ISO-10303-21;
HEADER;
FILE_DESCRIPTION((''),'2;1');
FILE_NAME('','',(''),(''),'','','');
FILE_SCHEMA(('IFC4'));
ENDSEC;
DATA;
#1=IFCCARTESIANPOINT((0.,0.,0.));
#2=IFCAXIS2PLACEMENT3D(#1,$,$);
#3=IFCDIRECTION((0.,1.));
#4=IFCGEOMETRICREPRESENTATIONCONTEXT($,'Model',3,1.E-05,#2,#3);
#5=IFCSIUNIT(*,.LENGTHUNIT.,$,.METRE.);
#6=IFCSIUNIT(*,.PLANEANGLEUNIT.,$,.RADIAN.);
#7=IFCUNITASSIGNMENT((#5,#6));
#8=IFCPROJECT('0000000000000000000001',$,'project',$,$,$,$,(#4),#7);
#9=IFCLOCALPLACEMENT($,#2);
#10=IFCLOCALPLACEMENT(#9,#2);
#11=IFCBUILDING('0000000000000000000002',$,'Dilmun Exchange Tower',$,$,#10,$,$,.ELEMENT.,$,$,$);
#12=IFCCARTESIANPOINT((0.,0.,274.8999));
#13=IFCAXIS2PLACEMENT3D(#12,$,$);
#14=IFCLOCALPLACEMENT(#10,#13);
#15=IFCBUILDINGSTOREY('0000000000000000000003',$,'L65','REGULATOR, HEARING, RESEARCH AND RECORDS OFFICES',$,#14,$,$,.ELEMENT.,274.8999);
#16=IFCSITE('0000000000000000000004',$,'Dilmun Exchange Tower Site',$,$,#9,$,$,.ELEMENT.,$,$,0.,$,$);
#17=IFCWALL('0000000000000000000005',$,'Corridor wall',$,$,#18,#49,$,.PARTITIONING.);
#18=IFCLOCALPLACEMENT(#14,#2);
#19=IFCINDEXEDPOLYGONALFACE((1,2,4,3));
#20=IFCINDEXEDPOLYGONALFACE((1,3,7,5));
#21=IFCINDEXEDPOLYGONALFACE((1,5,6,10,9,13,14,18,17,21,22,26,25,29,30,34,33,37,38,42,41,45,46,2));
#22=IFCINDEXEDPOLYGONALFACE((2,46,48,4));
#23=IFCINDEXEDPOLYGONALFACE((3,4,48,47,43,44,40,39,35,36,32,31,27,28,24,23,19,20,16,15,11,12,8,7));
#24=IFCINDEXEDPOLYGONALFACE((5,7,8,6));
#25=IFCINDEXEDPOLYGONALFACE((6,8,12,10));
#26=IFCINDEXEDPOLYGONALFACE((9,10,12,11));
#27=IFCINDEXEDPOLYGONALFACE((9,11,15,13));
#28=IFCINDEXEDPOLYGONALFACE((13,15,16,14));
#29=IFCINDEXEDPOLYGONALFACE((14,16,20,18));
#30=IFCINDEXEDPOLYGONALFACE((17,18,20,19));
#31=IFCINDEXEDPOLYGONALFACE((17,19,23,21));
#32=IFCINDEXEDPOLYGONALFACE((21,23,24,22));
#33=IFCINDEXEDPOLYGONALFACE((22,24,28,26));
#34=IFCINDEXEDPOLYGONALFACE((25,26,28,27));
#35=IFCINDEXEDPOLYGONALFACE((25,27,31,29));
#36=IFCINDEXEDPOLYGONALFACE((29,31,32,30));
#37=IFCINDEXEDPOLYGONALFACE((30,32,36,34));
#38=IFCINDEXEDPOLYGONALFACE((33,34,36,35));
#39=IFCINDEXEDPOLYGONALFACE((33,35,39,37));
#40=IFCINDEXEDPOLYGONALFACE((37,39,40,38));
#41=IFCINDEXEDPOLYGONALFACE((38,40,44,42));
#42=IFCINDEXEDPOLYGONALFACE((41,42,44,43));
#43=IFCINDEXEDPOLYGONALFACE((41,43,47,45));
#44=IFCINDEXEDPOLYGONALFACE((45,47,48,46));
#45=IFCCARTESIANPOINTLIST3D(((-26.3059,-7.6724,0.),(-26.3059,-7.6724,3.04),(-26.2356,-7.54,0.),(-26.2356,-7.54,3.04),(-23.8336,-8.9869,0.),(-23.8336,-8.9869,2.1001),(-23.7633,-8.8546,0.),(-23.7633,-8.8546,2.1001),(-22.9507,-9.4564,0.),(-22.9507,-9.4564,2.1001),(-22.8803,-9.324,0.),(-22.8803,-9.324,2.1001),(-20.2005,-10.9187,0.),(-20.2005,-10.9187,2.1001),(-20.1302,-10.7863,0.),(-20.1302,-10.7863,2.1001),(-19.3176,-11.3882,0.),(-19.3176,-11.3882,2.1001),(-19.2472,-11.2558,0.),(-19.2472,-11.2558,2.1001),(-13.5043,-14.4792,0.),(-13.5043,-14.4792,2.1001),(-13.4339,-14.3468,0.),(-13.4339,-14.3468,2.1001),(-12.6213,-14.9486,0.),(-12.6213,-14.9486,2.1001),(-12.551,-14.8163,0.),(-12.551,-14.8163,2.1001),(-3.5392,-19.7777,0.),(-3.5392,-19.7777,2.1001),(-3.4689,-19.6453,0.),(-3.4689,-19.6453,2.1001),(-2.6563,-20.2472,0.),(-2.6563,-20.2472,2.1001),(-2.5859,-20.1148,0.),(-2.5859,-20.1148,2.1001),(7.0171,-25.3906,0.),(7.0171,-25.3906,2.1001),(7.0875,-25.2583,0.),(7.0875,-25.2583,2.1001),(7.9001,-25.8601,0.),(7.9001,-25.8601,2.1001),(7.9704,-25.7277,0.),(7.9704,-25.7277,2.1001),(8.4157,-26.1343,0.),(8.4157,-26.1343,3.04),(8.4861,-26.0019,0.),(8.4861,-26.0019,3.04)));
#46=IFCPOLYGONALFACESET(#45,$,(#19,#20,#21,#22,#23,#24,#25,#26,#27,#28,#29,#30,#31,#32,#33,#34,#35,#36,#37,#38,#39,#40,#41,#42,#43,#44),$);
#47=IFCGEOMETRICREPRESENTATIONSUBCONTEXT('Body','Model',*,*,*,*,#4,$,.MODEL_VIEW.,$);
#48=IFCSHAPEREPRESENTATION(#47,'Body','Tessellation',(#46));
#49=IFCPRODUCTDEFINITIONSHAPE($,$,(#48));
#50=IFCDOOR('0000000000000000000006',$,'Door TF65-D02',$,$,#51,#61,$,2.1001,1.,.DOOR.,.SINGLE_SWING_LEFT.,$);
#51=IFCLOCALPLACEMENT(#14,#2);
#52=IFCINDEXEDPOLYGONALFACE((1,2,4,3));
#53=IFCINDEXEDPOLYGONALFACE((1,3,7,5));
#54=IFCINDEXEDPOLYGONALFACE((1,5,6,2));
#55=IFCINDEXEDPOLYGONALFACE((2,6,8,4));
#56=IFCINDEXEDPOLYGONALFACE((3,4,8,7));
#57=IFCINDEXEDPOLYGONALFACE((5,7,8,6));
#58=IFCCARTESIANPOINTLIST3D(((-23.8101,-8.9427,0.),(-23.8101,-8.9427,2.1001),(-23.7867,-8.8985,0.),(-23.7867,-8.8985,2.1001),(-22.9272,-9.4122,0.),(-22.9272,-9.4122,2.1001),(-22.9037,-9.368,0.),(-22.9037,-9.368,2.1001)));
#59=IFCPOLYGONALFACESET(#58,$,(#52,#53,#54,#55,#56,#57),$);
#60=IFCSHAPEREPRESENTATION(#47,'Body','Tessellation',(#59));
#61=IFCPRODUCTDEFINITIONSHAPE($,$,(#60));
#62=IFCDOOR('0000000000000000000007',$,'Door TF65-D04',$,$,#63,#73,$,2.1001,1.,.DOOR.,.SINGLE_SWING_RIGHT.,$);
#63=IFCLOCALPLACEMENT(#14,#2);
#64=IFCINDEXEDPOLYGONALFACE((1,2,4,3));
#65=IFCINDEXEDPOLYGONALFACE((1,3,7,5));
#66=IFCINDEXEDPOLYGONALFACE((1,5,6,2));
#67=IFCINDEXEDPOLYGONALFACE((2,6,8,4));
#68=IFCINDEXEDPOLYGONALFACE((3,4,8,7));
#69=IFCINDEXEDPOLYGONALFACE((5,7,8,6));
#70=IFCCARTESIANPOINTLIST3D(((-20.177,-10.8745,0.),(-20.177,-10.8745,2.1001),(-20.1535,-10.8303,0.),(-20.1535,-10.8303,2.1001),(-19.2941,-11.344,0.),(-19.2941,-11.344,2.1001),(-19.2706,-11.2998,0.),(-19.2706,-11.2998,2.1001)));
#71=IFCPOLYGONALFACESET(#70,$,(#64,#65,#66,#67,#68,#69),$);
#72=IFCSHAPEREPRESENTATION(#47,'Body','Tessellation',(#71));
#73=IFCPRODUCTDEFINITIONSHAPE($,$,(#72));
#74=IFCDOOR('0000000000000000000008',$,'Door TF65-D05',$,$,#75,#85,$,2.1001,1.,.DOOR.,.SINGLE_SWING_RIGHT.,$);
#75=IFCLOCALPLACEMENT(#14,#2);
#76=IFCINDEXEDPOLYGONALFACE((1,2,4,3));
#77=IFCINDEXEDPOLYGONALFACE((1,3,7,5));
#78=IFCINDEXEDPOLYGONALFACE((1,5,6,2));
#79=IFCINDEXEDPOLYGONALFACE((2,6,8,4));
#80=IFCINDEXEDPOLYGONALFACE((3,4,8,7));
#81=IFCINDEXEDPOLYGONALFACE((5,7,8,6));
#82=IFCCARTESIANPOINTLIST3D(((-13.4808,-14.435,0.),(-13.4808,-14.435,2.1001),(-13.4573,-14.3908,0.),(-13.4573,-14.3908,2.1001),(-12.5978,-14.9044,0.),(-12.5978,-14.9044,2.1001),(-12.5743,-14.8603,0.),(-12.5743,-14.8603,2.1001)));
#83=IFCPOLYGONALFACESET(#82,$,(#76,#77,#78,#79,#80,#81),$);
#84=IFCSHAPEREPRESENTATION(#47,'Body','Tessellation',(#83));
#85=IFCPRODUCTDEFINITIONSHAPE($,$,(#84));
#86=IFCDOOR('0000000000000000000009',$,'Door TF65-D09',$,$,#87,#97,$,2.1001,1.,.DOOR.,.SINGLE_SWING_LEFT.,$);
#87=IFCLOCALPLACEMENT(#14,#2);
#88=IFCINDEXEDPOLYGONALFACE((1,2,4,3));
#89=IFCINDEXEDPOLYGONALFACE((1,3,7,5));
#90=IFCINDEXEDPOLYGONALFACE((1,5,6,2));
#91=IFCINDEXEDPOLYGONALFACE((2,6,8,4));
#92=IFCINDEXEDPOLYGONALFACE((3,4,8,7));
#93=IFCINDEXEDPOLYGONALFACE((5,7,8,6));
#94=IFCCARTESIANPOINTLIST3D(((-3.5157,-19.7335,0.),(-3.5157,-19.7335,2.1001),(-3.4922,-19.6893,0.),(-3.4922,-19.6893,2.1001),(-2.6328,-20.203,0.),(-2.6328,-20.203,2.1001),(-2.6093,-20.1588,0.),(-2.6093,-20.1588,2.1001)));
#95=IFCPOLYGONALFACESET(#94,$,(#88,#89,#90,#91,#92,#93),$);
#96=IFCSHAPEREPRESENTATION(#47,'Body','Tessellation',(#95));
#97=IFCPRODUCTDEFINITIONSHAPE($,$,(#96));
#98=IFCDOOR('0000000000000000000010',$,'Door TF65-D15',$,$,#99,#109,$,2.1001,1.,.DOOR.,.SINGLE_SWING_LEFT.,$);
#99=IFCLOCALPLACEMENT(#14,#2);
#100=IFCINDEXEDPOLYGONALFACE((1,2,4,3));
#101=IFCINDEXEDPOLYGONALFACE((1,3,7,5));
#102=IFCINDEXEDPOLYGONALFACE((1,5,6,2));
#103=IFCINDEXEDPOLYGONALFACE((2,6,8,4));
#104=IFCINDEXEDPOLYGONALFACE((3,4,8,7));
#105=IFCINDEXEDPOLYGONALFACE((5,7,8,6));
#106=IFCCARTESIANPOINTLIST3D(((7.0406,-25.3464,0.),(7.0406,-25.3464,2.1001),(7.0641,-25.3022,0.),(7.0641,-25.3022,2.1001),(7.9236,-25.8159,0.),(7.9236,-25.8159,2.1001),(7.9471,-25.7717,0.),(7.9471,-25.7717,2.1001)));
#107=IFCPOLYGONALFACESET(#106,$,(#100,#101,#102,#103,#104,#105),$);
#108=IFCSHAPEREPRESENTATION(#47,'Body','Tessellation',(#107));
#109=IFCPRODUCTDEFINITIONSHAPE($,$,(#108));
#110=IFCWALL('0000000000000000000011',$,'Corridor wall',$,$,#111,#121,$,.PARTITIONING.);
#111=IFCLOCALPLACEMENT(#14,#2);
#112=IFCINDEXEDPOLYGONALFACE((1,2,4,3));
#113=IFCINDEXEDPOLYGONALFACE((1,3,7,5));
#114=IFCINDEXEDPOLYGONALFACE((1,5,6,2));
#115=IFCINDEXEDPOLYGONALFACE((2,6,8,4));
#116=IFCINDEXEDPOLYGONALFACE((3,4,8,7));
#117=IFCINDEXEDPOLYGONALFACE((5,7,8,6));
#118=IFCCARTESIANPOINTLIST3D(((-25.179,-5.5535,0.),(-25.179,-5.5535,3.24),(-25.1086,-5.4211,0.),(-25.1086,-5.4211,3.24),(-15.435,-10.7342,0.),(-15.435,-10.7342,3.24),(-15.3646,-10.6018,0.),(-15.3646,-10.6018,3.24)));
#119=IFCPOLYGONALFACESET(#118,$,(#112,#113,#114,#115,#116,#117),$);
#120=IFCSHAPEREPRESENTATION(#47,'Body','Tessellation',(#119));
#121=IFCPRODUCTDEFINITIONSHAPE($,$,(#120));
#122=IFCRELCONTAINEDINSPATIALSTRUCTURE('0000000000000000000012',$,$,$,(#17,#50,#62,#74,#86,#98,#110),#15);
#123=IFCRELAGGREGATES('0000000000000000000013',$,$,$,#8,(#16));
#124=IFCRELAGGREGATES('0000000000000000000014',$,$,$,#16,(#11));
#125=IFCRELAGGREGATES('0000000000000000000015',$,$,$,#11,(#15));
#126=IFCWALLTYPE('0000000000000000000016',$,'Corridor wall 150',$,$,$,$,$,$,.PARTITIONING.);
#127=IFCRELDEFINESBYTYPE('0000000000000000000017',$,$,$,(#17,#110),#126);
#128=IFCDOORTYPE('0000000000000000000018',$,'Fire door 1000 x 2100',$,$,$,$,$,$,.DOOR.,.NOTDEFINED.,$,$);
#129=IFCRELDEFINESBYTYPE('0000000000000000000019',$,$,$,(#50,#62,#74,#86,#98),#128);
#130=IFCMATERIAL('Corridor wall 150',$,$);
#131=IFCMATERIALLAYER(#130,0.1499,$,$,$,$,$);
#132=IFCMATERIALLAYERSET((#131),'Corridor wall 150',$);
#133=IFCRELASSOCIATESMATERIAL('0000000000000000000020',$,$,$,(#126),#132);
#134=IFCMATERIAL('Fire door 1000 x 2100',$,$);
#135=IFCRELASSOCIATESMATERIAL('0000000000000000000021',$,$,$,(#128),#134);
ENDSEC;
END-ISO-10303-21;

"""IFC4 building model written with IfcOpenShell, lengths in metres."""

from ifc_helpers import new_model, si_unit, direction, frame, frame_2d, origin, place, context, subcontext, project, spatial, rectangle, extrude, material, layer, layer_set, type_object, element, fill, save


model = new_model("IFC4")

# Units and contexts
model_context = context("Model", 3, precision=1e-05, world=origin(), true_north=direction((0.0, 1.0)))
body_context = subcontext(model_context, "Body", "Model", "MODEL_VIEW")
ifc_project = project(units=[si_unit("LENGTHUNIT", "METRE"), si_unit("PLANEANGLEUNIT", "RADIAN")], contexts=[model_context])

# Site, building, storey
site_placement = place(None, origin())
site = spatial("IfcSite", under=ifc_project, at=site_placement, Name="Dilmun Exchange Tower Site", CompositionType="ELEMENT", RefElevation=0.0)
building_placement = place(site_placement, origin())
building = spatial("IfcBuilding", under=site, at=building_placement, Name="Dilmun Exchange Tower", CompositionType="ELEMENT")
storey_placement = place(building_placement, frame((0.0, 0.0, 274.8999)))
storey = spatial("IfcBuildingStorey", under=building, at=storey_placement, Name="L65", Description="REGULATOR, HEARING, RESEARCH AND RECORDS OFFICES", CompositionType="ELEMENT", Elevation=274.8999)

# Shared definitions
ifc_material_1 = material(Name="Corridor wall 150")
ifc_layer_1 = layer(ifc_material_1, 0.1499)
ifc_layer_set_1 = layer_set([ifc_layer_1], Name="Corridor wall 150")
wall_type_1 = type_object("IfcWallType", Name="Corridor wall 150", PredefinedType="PARTITIONING", material=ifc_layer_set_1)

# Wall, openings, doors
wall_1_placement = place(storey_placement, frame((-26.2708, -7.6062, 0.0), z_axis=(0.0, 0.0, 1.0), x_axis=(0.882947, -0.469473, 0.0)))
wall_1 = element("IfcWall", 1, at=wall_1_placement, inside=storey, type_object=wall_type_1, Name="Corridor wall", PredefinedType="PARTITIONING", context=body_context, shape_type="SweptSolid", body=[
    extrude(rectangle(XDim=39.3247, YDim=0.1499, at=frame_2d((19.6624, 0.0))), origin(), (0.0, 0.0, 1.0), 3.04),
])
opening_1_placement = place(wall_1_placement, frame((2.8, 0.0, 0.0)))
opening_1 = element("IfcOpeningElement", 2, at=opening_1_placement, cuts=wall_1, PredefinedType="OPENING", context=body_context, shape_type="SweptSolid", body=[
    extrude(rectangle(XDim=1.0, YDim=2.1001, at=frame_2d((0.5, 1.05))), frame((0.0, 0.085, 0.0), z_axis=(0.0, -1.0, 0.0), x_axis=(1.0, 0.0, 0.0)), (0.0, 0.0, 1.0), 0.1699),
])
opening_2_placement = place(wall_1_placement, frame((6.9148, 0.0, 0.0)))
opening_2 = element("IfcOpeningElement", 3, at=opening_2_placement, cuts=wall_1, PredefinedType="OPENING", context=body_context, shape_type="SweptSolid", body=[
    extrude(rectangle(XDim=1.0, YDim=2.1001, at=frame_2d((0.5, 1.05))), frame((0.0, 0.085, 0.0), z_axis=(0.0, -1.0, 0.0), x_axis=(1.0, 0.0, 0.0)), (0.0, 0.0, 1.0), 0.1699),
])
opening_3_placement = place(wall_1_placement, frame((14.4988, 0.0, 0.0)))
opening_3 = element("IfcOpeningElement", 4, at=opening_3_placement, cuts=wall_1, PredefinedType="OPENING", context=body_context, shape_type="SweptSolid", body=[
    extrude(rectangle(XDim=1.0, YDim=2.1001, at=frame_2d((0.5, 1.05))), frame((0.0, 0.085, 0.0), z_axis=(0.0, -1.0, 0.0), x_axis=(1.0, 0.0, 0.0)), (0.0, 0.0, 1.0), 0.1699),
])
opening_4_placement = place(wall_1_placement, frame((25.7849, 0.0, 0.0)))
opening_4 = element("IfcOpeningElement", 5, at=opening_4_placement, cuts=wall_1, PredefinedType="OPENING", context=body_context, shape_type="SweptSolid", body=[
    extrude(rectangle(XDim=1.0, YDim=2.1001, at=frame_2d((0.5, 1.05))), frame((0.0, 0.085, 0.0), z_axis=(0.0, -1.0, 0.0), x_axis=(1.0, 0.0, 0.0)), (0.0, 0.0, 1.0), 0.1699),
])
opening_5_placement = place(wall_1_placement, frame((37.7407, 0.0, 0.0)))
opening_5 = element("IfcOpeningElement", 6, at=opening_5_placement, cuts=wall_1, PredefinedType="OPENING", context=body_context, shape_type="SweptSolid", body=[
    extrude(rectangle(XDim=1.0, YDim=2.1001, at=frame_2d((0.5, 1.05))), frame((0.0, 0.085, 0.0), z_axis=(0.0, -1.0, 0.0), x_axis=(1.0, 0.0, 0.0)), (0.0, 0.0, 1.0), 0.1699),
])
ifc_material_2 = material(Name="Fire door 1000 x 2100")
door_type_1 = type_object("IfcDoorType", Name="Fire door 1000 x 2100", OperationType="NOTDEFINED", PredefinedType="DOOR", material=ifc_material_2)
door_1_placement = place(opening_1_placement, frame((1.0, 0.0, 0.0), z_axis=(0.0, 0.0, 1.0), x_axis=(-1.0, 0.0, 0.0)))
door_1 = element("IfcDoor", 7, at=door_1_placement, inside=storey, type_object=door_type_1, Name="Door TF65-D02", OperationType="SINGLE_SWING_LEFT", OverallHeight=2.1001, OverallWidth=1.0, PredefinedType="DOOR", context=body_context, shape_type="SweptSolid", body=[
    extrude(rectangle(XDim=1.0, YDim=2.1001, at=frame_2d((0.5, 1.05))), frame((0.0, 0.0249, 0.0), z_axis=(0.0, -1.0, 0.0), x_axis=(1.0, 0.0, 0.0)), (0.0, 0.0, 1.0), 0.05),
])
fill(opening_1, door_1)
door_2_placement = place(opening_2_placement, frame((1.0, 0.0, 0.0), z_axis=(0.0, 0.0, 1.0), x_axis=(-1.0, 0.0, 0.0)))
door_2 = element("IfcDoor", 8, at=door_2_placement, inside=storey, type_object=door_type_1, Name="Door TF65-D04", OperationType="SINGLE_SWING_RIGHT", OverallHeight=2.1001, OverallWidth=1.0, PredefinedType="DOOR", context=body_context, shape_type="SweptSolid", body=[
    extrude(rectangle(XDim=1.0, YDim=2.1001, at=frame_2d((0.5, 1.05))), frame((0.0, 0.0249, 0.0), z_axis=(0.0, -1.0, 0.0), x_axis=(1.0, 0.0, 0.0)), (0.0, 0.0, 1.0), 0.05),
])
fill(opening_2, door_2)
door_3_placement = place(opening_3_placement, frame((1.0, 0.0, 0.0), z_axis=(0.0, 0.0, 1.0), x_axis=(-1.0, 0.0, 0.0)))
door_3 = element("IfcDoor", 9, at=door_3_placement, inside=storey, type_object=door_type_1, Name="Door TF65-D05", OperationType="SINGLE_SWING_RIGHT", OverallHeight=2.1001, OverallWidth=1.0, PredefinedType="DOOR", context=body_context, shape_type="SweptSolid", body=[
    extrude(rectangle(XDim=1.0, YDim=2.1001, at=frame_2d((0.5, 1.05))), frame((0.0, 0.0249, 0.0), z_axis=(0.0, -1.0, 0.0), x_axis=(1.0, 0.0, 0.0)), (0.0, 0.0, 1.0), 0.05),
])
fill(opening_3, door_3)
door_4_placement = place(opening_4_placement, frame((1.0, 0.0, 0.0), z_axis=(0.0, 0.0, 1.0), x_axis=(-1.0, 0.0, 0.0)))
door_4 = element("IfcDoor", 10, at=door_4_placement, inside=storey, type_object=door_type_1, Name="Door TF65-D09", OperationType="SINGLE_SWING_LEFT", OverallHeight=2.1001, OverallWidth=1.0, PredefinedType="DOOR", context=body_context, shape_type="SweptSolid", body=[
    extrude(rectangle(XDim=1.0, YDim=2.1001, at=frame_2d((0.5, 1.05))), frame((0.0, 0.0249, 0.0), z_axis=(0.0, -1.0, 0.0), x_axis=(1.0, 0.0, 0.0)), (0.0, 0.0, 1.0), 0.05),
])
fill(opening_4, door_4)
door_5_placement = place(opening_5_placement, frame((1.0, 0.0, 0.0), z_axis=(0.0, 0.0, 1.0), x_axis=(-1.0, 0.0, 0.0)))
door_5 = element("IfcDoor", 11, at=door_5_placement, inside=storey, type_object=door_type_1, Name="Door TF65-D15", OperationType="SINGLE_SWING_LEFT", OverallHeight=2.1001, OverallWidth=1.0, PredefinedType="DOOR", context=body_context, shape_type="SweptSolid", body=[
    extrude(rectangle(XDim=1.0, YDim=2.1001, at=frame_2d((0.5, 1.05))), frame((0.0, 0.0249, 0.0), z_axis=(0.0, -1.0, 0.0), x_axis=(1.0, 0.0, 0.0)), (0.0, 0.0, 1.0), 0.05),
])
fill(opening_5, door_5)

# Wall
wall_2_placement = place(storey_placement, frame((-25.1438, -5.4873, 0.0), z_axis=(0.0, 0.0, 1.0), x_axis=(0.882957, -0.469453, 0.0)))
element("IfcWall", 12, at=wall_2_placement, inside=storey, type_object=wall_type_1, Name="Corridor wall", PredefinedType="PARTITIONING", context=body_context, shape_type="SweptSolid", body=[
    extrude(rectangle(XDim=11.0356, YDim=0.1499, at=frame_2d((5.5178, 0.0))), origin(), (0.0, 0.0, 1.0), 3.24),
])

save(model, "model.ifc")
